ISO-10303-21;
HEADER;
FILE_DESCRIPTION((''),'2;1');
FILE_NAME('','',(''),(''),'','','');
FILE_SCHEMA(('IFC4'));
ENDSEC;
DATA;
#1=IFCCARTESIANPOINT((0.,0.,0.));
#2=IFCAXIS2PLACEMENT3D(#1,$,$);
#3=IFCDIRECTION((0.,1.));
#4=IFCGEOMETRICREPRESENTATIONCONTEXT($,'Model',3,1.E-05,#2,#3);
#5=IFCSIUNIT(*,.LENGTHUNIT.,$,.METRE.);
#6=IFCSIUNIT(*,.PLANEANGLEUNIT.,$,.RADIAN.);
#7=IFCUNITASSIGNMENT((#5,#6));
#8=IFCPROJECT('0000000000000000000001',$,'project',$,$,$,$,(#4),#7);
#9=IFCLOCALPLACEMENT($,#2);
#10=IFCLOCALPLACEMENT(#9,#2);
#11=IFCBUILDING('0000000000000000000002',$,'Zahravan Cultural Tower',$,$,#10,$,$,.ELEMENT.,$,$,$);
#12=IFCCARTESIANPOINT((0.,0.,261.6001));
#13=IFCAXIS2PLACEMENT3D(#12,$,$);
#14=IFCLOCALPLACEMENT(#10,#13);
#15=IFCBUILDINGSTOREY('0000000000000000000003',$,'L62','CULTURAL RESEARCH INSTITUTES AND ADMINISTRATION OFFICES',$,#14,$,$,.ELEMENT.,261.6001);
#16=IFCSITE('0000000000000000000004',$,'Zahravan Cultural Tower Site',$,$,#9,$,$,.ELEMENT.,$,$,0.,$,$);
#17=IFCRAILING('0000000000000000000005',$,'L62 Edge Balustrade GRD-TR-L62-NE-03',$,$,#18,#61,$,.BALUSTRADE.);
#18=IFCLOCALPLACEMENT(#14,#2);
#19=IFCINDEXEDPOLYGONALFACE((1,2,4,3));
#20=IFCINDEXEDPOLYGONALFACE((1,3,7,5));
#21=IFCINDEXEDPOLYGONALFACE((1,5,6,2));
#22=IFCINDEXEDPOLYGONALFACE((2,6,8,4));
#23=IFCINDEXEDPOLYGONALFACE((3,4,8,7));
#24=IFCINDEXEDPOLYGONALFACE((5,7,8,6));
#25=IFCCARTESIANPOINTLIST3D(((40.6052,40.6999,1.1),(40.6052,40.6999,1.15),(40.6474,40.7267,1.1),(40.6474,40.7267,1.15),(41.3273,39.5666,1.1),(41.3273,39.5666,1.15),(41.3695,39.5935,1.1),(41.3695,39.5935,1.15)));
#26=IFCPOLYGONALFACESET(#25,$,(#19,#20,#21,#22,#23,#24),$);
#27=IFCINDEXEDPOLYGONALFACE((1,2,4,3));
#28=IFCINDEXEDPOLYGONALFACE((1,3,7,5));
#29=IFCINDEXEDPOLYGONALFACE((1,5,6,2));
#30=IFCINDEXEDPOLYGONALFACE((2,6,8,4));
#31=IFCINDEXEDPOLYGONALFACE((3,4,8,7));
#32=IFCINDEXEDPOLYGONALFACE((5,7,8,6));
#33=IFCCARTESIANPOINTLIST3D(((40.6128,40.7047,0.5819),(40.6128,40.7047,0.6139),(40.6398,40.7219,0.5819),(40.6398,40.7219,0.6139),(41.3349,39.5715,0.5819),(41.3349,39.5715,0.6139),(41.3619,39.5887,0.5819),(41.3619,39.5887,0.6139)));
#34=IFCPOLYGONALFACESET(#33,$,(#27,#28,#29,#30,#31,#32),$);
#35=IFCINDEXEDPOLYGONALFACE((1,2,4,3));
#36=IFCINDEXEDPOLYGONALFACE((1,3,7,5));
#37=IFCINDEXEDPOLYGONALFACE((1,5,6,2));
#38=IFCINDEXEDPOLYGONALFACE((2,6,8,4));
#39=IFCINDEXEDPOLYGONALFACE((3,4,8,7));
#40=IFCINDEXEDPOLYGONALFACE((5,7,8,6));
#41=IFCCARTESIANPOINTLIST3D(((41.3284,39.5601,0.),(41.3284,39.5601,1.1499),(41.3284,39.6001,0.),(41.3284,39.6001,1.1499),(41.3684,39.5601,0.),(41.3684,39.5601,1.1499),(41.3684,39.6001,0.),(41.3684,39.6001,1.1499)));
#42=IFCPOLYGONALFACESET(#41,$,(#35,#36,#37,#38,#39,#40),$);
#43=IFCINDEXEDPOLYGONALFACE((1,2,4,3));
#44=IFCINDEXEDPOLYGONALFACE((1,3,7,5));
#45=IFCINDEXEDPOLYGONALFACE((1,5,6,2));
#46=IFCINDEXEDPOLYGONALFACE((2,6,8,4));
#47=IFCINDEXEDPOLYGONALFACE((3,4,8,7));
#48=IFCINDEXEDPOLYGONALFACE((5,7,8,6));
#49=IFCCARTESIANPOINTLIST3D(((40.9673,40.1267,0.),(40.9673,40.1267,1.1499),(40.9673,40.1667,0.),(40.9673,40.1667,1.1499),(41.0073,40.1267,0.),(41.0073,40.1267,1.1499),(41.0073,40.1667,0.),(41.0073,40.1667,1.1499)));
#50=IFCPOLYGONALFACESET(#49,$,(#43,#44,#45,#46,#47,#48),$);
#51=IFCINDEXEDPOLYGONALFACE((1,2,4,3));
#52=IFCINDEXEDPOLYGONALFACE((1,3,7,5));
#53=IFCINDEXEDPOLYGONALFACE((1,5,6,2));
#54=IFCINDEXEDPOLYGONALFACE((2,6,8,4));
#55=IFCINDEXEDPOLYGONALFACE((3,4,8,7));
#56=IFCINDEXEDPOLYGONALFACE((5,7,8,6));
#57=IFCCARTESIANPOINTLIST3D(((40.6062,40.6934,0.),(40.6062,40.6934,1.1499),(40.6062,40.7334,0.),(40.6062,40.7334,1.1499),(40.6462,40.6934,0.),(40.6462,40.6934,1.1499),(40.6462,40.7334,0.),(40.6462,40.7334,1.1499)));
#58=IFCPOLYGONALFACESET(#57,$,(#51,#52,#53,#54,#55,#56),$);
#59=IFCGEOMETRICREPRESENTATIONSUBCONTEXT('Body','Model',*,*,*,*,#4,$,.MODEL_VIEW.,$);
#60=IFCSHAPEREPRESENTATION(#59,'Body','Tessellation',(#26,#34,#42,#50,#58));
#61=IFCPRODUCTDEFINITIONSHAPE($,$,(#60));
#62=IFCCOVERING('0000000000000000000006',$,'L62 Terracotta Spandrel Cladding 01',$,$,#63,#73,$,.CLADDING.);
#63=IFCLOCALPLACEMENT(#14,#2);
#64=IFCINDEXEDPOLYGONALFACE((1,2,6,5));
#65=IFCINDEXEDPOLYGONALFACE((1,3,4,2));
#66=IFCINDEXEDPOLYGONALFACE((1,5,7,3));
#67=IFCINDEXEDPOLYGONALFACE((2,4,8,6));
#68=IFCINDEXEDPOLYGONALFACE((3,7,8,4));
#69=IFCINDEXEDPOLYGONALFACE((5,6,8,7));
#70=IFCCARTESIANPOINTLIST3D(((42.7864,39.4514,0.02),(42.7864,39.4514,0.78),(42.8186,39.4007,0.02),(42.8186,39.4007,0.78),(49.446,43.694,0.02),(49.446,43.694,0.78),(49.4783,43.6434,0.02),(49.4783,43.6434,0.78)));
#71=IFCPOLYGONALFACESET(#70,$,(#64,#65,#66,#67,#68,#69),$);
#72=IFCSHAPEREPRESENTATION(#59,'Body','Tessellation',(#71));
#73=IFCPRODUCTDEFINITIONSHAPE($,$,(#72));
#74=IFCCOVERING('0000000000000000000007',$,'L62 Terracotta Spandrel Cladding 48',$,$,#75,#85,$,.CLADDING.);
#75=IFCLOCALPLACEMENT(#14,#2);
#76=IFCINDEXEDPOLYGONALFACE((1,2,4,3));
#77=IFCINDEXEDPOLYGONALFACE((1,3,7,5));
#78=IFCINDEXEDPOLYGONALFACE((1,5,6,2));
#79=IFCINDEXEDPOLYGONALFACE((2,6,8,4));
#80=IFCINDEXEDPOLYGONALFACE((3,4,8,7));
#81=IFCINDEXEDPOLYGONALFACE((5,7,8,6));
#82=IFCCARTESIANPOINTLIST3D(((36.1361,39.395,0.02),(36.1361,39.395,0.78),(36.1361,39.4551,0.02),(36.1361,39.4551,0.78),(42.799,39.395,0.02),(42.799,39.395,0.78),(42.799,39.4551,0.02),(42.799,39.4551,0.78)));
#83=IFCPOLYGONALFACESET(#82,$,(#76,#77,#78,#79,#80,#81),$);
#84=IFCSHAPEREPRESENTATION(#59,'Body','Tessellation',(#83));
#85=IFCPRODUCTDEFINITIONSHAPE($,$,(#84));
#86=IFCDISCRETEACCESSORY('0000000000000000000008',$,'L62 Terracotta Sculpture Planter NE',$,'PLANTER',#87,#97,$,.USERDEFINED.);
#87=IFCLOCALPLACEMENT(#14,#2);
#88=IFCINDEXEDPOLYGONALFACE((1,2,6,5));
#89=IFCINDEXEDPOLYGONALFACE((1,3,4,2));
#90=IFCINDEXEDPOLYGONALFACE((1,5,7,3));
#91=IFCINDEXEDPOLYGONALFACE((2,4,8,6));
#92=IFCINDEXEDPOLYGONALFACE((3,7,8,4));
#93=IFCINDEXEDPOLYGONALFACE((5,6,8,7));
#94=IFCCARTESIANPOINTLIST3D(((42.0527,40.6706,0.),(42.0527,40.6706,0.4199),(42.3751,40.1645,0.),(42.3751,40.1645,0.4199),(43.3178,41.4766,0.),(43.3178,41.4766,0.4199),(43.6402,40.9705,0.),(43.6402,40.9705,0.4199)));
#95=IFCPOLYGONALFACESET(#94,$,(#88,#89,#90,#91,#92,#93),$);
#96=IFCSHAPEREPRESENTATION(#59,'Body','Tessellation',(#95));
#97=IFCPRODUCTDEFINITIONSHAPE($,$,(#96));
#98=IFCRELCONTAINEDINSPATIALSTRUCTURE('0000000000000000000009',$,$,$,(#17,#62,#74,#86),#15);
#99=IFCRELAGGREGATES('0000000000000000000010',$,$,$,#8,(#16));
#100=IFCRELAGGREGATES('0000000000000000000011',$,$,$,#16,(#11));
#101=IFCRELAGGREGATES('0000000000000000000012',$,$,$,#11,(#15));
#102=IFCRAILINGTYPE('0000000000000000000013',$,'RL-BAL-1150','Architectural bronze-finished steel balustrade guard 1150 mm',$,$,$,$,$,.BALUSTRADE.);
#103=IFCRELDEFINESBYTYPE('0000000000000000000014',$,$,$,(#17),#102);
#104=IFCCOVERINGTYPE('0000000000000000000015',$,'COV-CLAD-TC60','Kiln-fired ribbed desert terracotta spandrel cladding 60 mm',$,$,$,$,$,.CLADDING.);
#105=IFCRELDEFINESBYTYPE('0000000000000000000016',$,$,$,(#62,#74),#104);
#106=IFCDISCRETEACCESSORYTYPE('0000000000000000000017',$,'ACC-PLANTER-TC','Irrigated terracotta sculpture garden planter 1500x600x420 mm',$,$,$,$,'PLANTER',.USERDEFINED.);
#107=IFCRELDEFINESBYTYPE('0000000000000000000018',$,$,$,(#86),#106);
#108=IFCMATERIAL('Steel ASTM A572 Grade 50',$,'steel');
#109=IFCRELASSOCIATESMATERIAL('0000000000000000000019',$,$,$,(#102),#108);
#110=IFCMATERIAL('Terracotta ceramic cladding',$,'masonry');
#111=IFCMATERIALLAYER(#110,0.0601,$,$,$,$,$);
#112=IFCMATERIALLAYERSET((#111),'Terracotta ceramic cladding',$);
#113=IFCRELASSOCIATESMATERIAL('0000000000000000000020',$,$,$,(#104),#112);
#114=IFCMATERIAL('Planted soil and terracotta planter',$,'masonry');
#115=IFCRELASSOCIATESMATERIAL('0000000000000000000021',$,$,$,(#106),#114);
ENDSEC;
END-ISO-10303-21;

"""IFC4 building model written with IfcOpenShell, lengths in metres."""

from ifc_helpers import new_model, si_unit, direction, frame, origin, origin_2d, place, context, subcontext, project, spatial, rectangle, extrude, source, transform, mapped, material, layer, layer_set, type_object, element, save


model = new_model("IFC4")

# Units and contexts
model_context = context("Model", 3, precision=1e-05, world=origin(), true_north=direction((0.0, 1.0)))
body_context = subcontext(model_context, "Body", "Model", "MODEL_VIEW")
ifc_project = project(units=[si_unit("LENGTHUNIT", "METRE"), si_unit("PLANEANGLEUNIT", "RADIAN")], contexts=[model_context])

# Site, building, storey
site_placement = place(None, origin())
site = spatial("IfcSite", under=ifc_project, at=site_placement, Name="Zahravan Cultural Tower Site", CompositionType="ELEMENT", RefElevation=0.0)
building_placement = place(site_placement, origin())
building = spatial("IfcBuilding", under=site, at=building_placement, Name="Zahravan Cultural Tower", CompositionType="ELEMENT")
storey_placement = place(building_placement, frame((0.0, 0.0, 261.6001)))
storey = spatial("IfcBuildingStorey", under=building, at=storey_placement, Name="L62", Description="CULTURAL RESEARCH INSTITUTES AND ADMINISTRATION OFFICES", CompositionType="ELEMENT", Elevation=261.6001)

# Railing
ifc_material_1 = material(Name="Steel ASTM A572 Grade 50", Category="steel")
railing_type = type_object("IfcRailingType", Name="RL-BAL-1150", Description="Architectural bronze-finished steel balustrade guard 1150 mm", PredefinedType="BALUSTRADE", material=ifc_material_1)
railing_1_placement = place(storey_placement, frame((41.3484, 39.5801, 0.0)))
element("IfcRailing", 1, at=railing_1_placement, inside=storey, type_object=railing_type, Name="L62 Edge Balustrade GRD-TR-L62-NE-03", PredefinedType="BALUSTRADE", context=body_context, shape_type="SweptSolid", body=[
    extrude(rectangle(XDim=0.05, YDim=0.05, at=origin_2d()), frame((0.0, 0.0, 1.125), z_axis=(-0.537393, 0.843332, 0.0), x_axis=(-0.843332, -0.537393, 0.0)), (0.0, 0.0, 1.0), 1.3438),
    extrude(rectangle(XDim=0.032, YDim=0.032, at=origin_2d()), frame((0.0, 0.0, 0.5979), z_axis=(-0.537393, 0.843332, 0.0), x_axis=(-0.843332, -0.537393, 0.0)), (0.0, 0.0, 1.0), 1.3438),
    extrude(rectangle(XDim=0.04, YDim=0.04, at=origin_2d()), origin(), (0.0, 0.0, 1.0), 1.1499),
    extrude(rectangle(XDim=0.04, YDim=0.04, at=origin_2d()), frame((-0.3611, 0.5667, 0.0)), (0.0, 0.0, 1.0), 1.1499),
    extrude(rectangle(XDim=0.04, YDim=0.04, at=origin_2d()), frame((-0.7222, 1.1333, 0.0)), (0.0, 0.0, 1.0), 1.1499),
])

# Coverings
ifc_material_2 = material(Name="Terracotta ceramic cladding", Category="masonry")
ifc_layer_1 = layer(ifc_material_2, 0.0601)
ifc_layer_set_1 = layer_set([ifc_layer_1], Name="Terracotta ceramic cladding")
covering_type = type_object("IfcCoveringType", Name="COV-CLAD-TC60", Description="Kiln-fired ribbed desert terracotta spandrel cladding 60 mm", PredefinedType="CLADDING", material=ifc_layer_set_1)
shared_shape_1 = source(origin(), body_context, "Body", "SweptSolid", [
    extrude(rectangle(XDim=7.8962, YDim=0.0601, at=origin_2d()), origin(), (0.0, 0.0, 1.0), 0.76),
])
covering_1_placement = place(storey_placement, frame((46.1323, 41.5474, 0.02), z_axis=(0.0, 0.0, 1.0), x_axis=(0.843391, 0.5373, 0.0)))
element("IfcCovering", 2, at=covering_1_placement, inside=storey, type_object=covering_type, Name="L62 Terracotta Spandrel Cladding 01", PredefinedType="CLADDING", context=body_context, shape_type="MappedRepresentation", body=[
    mapped(shared_shape_1, transform((0.0, 0.0, 0.0), x_axis=(1.0, 0.0, 0.0), y_axis=(0.0, 1.0, 0.0), z_axis=(0.0, 0.0, 1.0), scale=1.0)),
])
shared_shape_2 = source(origin(), body_context, "Body", "SweptSolid", [
    extrude(rectangle(XDim=6.6628, YDim=0.0601, at=origin_2d()), origin(), (0.0, 0.0, 1.0), 0.76),
])
covering_2_placement = place(storey_placement, frame((39.4675, 39.425, 0.02), z_axis=(0.0, 0.0, 1.0), x_axis=(1.0, 0.0, 0.0)))
element("IfcCovering", 3, at=covering_2_placement, inside=storey, type_object=covering_type, Name="L62 Terracotta Spandrel Cladding 48", PredefinedType="CLADDING", context=body_context, shape_type="MappedRepresentation", body=[
    mapped(shared_shape_2, transform((0.0, 0.0, 0.0), x_axis=(1.0, 0.0, 0.0), y_axis=(0.0, 1.0, 0.0), z_axis=(0.0, 0.0, 1.0), scale=1.0)),
])

# Discrete accessory
ifc_material_3 = material(Name="Planted soil and terracotta planter", Category="masonry")
discrete_accessory_type = type_object("IfcDiscreteAccessoryType", Name="ACC-PLANTER-TC", Description="Irrigated terracotta sculpture garden planter 1500x600x420 mm", ElementType="PLANTER", PredefinedType="USERDEFINED", material=ifc_material_3)
shared_shape_3 = source(origin(), body_context, "Body", "SweptSolid", [
    extrude(rectangle(XDim=1.5, YDim=0.6001, at=origin_2d()), origin(), (0.0, 0.0, 1.0), 0.4199),
])
discrete_accessory_placement = place(storey_placement, frame((42.8464, 40.8206, 0.0), z_axis=(0.0, 0.0, 1.0), x_axis=(0.843391, 0.5373, 0.0)))
element("IfcDiscreteAccessory", 4, at=discrete_accessory_placement, inside=storey, type_object=discrete_accessory_type, Name="L62 Terracotta Sculpture Planter NE", ObjectType="PLANTER", PredefinedType="USERDEFINED", context=body_context, shape_type="MappedRepresentation", body=[
    mapped(shared_shape_3, transform((0.0, 0.0, 0.0), x_axis=(1.0, 0.0, 0.0), y_axis=(0.0, 1.0, 0.0), z_axis=(0.0, 0.0, 1.0), scale=1.0)),
])

save(model, "model.ifc")
